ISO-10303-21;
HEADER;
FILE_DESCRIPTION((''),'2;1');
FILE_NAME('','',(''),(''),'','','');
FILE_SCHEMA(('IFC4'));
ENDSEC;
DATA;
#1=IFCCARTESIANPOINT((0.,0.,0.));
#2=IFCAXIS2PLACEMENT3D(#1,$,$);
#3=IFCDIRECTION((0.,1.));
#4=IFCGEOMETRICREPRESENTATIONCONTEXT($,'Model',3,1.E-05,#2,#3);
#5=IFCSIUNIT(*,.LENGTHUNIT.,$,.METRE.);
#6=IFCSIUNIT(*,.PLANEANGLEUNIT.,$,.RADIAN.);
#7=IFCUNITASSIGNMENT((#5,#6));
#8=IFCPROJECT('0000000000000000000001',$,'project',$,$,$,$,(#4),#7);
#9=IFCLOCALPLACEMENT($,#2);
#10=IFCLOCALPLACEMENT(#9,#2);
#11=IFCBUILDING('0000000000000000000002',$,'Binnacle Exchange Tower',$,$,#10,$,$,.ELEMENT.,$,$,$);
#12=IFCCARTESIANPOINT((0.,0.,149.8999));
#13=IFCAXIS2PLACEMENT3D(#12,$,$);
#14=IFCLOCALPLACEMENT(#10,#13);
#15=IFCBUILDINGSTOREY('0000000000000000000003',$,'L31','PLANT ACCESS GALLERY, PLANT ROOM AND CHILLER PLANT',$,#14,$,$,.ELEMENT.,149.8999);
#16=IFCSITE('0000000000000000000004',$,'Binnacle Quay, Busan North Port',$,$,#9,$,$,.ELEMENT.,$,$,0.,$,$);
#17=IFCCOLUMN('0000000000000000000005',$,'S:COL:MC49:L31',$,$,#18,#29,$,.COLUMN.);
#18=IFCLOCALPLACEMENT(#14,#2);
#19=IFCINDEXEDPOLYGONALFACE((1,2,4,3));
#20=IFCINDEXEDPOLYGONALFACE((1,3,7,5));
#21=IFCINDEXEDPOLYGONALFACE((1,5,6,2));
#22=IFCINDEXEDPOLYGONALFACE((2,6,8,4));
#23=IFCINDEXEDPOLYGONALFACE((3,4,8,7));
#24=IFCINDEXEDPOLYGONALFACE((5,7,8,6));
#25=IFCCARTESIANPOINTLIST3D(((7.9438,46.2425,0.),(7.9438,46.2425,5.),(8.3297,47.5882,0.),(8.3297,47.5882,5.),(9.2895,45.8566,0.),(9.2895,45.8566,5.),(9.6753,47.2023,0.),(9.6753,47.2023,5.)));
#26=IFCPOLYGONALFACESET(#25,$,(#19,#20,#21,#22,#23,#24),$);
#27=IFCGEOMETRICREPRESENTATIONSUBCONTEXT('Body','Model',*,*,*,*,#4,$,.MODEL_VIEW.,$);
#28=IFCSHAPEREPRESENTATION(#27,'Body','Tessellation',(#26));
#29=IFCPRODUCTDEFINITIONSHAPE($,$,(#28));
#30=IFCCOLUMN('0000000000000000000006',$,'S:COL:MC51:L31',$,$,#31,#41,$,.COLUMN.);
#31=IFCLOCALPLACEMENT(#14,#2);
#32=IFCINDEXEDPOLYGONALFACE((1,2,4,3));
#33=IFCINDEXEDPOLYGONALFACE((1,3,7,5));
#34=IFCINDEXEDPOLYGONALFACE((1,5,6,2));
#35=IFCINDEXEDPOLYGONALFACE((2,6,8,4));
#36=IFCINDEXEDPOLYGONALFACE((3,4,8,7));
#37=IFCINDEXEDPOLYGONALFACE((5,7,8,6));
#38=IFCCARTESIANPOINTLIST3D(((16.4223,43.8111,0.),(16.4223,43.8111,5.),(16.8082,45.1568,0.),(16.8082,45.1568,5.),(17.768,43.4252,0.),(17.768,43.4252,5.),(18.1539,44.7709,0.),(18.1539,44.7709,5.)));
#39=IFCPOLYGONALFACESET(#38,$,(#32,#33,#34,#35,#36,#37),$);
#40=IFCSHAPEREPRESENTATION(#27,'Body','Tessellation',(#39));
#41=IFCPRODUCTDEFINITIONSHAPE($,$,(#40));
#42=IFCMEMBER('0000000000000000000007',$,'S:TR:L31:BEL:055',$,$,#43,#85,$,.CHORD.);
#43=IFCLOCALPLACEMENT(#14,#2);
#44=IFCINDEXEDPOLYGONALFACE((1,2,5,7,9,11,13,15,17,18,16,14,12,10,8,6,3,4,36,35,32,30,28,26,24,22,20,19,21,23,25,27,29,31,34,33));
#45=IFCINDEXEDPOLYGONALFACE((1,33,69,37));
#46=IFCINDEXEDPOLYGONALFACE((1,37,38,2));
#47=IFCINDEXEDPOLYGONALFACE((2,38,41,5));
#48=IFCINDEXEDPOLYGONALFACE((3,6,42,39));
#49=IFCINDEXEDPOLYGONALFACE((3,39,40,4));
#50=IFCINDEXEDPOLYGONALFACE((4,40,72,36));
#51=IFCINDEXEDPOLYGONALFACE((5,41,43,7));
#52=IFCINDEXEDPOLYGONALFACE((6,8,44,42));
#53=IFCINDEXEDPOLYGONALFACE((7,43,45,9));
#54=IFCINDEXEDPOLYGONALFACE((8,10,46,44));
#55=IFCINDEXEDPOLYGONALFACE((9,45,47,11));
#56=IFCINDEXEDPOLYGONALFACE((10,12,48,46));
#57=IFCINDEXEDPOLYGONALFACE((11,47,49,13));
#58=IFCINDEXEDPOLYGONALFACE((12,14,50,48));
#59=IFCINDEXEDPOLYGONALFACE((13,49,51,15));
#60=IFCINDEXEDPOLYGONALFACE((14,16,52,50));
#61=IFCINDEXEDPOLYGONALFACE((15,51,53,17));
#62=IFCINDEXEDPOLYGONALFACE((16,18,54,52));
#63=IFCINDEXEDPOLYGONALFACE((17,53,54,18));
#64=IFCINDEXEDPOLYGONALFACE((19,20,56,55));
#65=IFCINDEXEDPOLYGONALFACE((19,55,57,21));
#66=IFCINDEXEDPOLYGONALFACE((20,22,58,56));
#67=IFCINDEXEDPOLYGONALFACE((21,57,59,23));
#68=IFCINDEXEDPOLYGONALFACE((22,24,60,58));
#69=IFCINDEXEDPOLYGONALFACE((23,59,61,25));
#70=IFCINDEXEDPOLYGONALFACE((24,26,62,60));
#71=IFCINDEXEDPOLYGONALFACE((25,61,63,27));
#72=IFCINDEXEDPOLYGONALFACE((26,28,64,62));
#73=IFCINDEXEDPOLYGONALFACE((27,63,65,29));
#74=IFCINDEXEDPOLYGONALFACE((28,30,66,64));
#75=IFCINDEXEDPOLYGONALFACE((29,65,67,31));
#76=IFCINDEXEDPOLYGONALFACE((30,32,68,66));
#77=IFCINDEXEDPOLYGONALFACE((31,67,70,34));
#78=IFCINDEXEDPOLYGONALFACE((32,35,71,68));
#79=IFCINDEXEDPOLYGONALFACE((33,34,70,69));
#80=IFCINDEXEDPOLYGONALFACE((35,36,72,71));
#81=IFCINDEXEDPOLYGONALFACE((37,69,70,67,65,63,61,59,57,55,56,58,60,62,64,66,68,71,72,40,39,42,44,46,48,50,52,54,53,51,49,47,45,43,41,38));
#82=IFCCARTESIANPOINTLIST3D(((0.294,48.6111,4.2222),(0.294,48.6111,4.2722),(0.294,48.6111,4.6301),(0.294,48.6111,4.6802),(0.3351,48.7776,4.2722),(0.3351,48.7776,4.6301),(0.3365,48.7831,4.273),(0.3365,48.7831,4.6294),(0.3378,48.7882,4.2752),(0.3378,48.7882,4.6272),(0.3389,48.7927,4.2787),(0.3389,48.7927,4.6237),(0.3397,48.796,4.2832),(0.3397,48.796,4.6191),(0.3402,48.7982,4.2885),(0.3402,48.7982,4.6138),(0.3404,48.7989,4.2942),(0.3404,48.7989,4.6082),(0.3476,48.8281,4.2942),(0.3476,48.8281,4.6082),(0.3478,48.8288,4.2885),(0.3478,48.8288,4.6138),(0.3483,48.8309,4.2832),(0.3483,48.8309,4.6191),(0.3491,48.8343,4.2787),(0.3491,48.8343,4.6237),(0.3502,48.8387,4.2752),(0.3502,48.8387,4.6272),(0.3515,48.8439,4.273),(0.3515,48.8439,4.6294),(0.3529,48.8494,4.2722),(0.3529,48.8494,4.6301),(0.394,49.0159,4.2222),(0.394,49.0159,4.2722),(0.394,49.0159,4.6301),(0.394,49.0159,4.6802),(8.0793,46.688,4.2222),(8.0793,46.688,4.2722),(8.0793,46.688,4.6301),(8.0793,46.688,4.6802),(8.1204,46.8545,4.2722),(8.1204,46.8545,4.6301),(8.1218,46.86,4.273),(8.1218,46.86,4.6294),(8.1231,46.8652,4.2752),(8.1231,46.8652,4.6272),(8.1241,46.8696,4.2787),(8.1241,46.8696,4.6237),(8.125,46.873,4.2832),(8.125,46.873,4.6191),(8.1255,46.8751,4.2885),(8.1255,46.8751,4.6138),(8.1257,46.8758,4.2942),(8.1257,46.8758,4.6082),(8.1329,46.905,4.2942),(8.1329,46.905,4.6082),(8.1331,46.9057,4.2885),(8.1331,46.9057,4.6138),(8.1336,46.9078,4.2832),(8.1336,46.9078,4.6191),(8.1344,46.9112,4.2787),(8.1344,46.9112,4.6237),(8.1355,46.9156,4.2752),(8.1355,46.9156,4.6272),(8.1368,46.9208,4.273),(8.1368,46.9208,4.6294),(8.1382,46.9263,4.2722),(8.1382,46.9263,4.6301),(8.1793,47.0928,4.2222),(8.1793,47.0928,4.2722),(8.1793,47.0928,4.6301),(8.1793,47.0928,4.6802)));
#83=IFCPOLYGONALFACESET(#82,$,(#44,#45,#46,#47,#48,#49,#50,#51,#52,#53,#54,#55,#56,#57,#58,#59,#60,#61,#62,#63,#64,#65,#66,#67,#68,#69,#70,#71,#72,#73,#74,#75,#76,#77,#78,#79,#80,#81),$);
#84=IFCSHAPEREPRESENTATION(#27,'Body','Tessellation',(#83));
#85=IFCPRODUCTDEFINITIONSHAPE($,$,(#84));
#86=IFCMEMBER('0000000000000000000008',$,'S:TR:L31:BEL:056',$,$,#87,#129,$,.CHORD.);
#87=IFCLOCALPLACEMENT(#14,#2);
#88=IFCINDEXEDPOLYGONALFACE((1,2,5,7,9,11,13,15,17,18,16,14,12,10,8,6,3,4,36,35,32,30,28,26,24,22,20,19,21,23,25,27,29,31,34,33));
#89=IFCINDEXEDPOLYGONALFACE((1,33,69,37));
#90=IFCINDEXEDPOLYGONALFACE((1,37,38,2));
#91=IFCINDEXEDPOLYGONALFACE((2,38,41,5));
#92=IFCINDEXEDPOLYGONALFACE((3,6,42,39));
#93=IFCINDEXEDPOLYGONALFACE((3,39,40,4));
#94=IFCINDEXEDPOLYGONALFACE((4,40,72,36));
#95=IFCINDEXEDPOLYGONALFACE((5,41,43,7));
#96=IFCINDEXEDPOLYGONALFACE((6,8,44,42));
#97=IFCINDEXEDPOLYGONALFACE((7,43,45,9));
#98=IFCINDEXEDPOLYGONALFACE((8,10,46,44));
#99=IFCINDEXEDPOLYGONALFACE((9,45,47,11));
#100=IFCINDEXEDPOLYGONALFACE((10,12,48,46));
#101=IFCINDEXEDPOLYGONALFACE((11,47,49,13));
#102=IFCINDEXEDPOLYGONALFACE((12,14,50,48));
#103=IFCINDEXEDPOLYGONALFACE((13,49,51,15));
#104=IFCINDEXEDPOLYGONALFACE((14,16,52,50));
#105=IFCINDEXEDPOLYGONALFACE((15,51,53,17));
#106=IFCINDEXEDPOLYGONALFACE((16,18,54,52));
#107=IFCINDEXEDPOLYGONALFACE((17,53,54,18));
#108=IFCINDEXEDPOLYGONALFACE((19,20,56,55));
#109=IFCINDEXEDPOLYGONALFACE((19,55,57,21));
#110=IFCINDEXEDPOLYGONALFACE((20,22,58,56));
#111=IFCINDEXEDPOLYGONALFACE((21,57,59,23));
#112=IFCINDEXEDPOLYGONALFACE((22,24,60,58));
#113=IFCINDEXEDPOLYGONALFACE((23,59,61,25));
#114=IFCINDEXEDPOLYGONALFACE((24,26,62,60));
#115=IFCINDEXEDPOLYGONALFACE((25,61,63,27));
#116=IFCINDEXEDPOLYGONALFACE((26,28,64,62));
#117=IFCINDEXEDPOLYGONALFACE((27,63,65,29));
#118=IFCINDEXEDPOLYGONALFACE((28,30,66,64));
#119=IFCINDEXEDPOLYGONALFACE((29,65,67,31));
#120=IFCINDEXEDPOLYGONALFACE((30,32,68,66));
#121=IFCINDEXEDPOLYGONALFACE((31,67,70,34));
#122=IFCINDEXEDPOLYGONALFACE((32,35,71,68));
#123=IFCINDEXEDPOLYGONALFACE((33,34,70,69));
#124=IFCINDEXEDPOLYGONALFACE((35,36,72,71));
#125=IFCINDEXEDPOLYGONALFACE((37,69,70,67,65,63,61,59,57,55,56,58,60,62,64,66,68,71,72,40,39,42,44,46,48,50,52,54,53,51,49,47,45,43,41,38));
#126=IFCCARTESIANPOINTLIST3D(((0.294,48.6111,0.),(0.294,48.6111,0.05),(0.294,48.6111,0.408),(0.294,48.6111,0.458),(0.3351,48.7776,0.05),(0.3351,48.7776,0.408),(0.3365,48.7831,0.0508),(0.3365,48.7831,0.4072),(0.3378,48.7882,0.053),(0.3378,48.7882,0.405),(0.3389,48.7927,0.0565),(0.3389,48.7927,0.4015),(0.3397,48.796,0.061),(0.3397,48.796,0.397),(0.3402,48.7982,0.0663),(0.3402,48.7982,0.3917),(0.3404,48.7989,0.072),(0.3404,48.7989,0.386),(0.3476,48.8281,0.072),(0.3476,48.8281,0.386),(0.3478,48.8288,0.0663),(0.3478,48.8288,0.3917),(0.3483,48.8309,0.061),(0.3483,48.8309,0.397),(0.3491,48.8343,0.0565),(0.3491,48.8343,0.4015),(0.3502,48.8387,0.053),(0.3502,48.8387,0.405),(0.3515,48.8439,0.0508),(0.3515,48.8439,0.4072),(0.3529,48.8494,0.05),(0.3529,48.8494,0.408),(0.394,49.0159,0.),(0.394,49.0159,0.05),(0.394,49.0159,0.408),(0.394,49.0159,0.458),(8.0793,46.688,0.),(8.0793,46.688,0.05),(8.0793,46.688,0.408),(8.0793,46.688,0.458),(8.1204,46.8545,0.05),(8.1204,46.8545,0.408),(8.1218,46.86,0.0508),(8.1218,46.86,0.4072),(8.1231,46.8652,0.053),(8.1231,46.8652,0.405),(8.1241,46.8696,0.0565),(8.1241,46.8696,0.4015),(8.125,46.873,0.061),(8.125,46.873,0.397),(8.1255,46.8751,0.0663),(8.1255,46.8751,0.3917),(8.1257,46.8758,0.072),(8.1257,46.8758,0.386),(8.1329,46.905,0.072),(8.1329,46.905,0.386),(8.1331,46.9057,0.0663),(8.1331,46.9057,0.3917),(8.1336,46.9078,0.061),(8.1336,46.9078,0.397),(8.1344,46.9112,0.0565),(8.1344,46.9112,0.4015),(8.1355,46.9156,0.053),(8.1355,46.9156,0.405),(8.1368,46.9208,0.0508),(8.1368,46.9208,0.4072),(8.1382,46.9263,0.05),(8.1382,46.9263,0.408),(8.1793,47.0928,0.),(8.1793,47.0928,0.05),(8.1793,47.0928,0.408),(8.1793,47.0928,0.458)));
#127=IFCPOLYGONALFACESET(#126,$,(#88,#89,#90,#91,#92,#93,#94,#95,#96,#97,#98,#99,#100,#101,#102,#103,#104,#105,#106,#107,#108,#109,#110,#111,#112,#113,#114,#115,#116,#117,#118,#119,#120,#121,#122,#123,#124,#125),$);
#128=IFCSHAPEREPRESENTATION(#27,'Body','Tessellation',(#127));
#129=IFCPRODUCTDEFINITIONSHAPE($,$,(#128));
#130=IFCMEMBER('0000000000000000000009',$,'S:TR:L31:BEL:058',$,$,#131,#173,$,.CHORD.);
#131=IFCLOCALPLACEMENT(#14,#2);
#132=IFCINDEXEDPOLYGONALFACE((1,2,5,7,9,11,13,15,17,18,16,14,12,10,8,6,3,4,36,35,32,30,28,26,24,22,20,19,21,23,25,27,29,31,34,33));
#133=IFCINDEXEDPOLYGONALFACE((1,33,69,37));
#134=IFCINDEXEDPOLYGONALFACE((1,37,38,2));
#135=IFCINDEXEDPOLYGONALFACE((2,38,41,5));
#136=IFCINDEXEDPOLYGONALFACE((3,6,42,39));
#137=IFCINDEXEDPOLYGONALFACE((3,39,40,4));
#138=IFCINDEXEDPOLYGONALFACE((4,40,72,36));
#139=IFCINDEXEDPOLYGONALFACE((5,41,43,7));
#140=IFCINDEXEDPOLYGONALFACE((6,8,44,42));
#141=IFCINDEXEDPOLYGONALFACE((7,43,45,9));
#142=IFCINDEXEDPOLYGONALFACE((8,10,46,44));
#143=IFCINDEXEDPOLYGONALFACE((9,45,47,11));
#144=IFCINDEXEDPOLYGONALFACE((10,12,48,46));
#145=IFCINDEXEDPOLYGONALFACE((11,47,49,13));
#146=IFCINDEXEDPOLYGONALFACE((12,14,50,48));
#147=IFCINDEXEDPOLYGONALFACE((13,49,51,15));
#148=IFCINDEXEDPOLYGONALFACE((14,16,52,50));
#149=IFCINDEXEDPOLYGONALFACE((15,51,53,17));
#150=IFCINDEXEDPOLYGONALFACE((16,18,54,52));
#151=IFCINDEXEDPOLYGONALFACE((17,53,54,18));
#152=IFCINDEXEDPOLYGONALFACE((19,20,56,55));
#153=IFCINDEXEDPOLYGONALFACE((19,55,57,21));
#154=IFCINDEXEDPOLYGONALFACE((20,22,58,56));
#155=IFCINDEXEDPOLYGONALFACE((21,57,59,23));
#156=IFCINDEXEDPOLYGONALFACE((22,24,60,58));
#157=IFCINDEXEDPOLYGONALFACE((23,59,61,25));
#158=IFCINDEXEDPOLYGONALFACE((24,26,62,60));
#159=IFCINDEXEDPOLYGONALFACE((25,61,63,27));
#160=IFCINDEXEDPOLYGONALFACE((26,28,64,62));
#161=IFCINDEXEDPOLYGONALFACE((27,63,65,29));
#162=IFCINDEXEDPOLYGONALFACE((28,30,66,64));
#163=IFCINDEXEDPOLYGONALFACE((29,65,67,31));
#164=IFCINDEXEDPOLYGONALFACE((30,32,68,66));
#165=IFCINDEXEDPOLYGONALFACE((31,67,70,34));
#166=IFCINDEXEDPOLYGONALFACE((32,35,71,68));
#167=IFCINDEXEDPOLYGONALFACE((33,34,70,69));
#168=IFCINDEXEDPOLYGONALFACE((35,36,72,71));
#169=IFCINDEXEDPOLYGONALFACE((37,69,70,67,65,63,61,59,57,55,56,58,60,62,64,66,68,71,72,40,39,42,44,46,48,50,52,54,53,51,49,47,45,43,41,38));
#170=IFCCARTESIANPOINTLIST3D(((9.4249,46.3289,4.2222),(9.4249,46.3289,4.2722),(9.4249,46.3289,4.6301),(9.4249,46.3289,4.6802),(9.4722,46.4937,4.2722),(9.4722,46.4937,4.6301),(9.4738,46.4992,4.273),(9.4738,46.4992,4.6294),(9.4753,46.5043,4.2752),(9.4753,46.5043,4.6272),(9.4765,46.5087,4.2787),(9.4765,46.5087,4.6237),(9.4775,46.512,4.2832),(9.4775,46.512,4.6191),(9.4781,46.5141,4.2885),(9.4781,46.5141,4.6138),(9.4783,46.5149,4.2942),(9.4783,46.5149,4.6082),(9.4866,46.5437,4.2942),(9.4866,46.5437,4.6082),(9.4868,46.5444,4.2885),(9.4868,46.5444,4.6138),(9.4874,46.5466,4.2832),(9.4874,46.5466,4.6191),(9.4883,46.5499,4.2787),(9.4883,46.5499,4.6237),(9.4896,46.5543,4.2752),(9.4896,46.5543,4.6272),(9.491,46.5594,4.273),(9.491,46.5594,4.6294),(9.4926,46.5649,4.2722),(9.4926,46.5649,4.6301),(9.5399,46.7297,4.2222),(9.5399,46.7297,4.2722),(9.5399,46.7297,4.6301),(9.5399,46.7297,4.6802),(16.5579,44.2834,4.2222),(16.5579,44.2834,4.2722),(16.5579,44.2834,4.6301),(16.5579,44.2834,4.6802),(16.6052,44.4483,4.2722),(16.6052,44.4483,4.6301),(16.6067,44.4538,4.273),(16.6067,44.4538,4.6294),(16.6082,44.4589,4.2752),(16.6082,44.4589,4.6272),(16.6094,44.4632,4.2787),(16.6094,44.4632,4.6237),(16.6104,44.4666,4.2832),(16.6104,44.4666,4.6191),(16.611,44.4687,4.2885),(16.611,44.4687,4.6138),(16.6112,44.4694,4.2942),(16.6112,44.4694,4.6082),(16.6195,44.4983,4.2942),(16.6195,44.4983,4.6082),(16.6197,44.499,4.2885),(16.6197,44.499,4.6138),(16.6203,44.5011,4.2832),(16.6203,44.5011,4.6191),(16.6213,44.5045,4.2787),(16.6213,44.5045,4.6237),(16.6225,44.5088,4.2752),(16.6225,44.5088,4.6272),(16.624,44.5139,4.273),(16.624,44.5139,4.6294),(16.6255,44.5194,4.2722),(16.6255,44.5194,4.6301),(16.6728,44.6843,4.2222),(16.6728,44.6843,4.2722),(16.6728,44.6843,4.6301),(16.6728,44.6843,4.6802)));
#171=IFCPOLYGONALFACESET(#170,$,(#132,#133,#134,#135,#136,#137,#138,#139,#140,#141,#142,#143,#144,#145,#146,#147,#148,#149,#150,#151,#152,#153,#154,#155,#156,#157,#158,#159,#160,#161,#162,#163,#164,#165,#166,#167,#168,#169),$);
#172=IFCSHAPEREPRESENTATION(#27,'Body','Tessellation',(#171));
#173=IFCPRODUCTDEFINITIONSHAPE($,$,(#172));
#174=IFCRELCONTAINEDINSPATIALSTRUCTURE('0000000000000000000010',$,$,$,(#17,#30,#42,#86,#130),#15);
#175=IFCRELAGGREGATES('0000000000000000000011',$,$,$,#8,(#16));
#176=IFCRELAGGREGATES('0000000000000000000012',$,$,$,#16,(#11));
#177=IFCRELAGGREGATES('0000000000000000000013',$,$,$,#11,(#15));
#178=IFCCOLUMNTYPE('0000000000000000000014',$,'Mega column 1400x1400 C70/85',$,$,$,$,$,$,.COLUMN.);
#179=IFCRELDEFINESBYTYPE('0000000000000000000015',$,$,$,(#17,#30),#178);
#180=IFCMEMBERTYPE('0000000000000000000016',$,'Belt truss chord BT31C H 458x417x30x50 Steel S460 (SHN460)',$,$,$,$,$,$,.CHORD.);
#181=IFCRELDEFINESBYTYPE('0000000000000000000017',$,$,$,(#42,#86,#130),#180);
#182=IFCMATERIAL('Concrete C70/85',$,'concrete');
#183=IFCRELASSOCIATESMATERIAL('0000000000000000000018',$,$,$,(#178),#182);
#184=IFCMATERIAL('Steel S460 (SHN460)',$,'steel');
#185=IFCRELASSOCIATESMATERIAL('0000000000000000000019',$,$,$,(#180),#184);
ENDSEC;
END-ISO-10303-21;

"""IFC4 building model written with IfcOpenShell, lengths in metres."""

from ifc_helpers import new_model, si_unit, direction, frame, origin, origin_2d, place, context, subcontext, project, spatial, rectangle, i_section, extrude, material, material_profile, profile_set, type_object, element, save


model = new_model("IFC4")

# Units and contexts
model_context = context("Model", 3, precision=1e-05, world=origin(), true_north=direction((0.0, 1.0)))
body_context = subcontext(model_context, "Body", "Model", "MODEL_VIEW")
ifc_project = project(units=[si_unit("LENGTHUNIT", "METRE"), si_unit("PLANEANGLEUNIT", "RADIAN")], contexts=[model_context])

# Site, building, storey
site_placement = place(None, origin())
site = spatial("IfcSite", under=ifc_project, at=site_placement, Name="Binnacle Quay, Busan North Port", CompositionType="ELEMENT", RefElevation=0.0)
building_placement = place(site_placement, origin())
building = spatial("IfcBuilding", under=site, at=building_placement, Name="Binnacle Exchange Tower", CompositionType="ELEMENT")
storey_placement = place(building_placement, frame((0.0, 0.0, 149.8999)))
storey = spatial("IfcBuildingStorey", under=building, at=storey_placement, Name="L31", Description="PLANT ACCESS GALLERY, PLANT ROOM AND CHILLER PLANT", CompositionType="ELEMENT", Elevation=149.8999)

# Columns
ifc_material_1 = material(Name="Concrete C70/85", Category="concrete")
ifc_material_profile_1 = material_profile(ifc_material_1, rectangle(XDim=1.3999, YDim=1.3999, at=origin_2d()), Name="Mega column 1400x1400 C70/85")
ifc_profile_set_1 = profile_set([ifc_material_profile_1], Name="Concrete C70/85")
column_type = type_object("IfcColumnType", Name="Mega column 1400x1400 C70/85", PredefinedType="COLUMN", material=ifc_profile_set_1)
for number, where, z_axis, x_axis, name in (
    (1, (8.8096, 46.7224, 0.0), (0.0, 0.0, 1.0), (0.961262, -0.275637, 0.0), "S:COL:MC49:L31"),
    (2, (17.2881, 44.291, 0.0), (0.0, 0.0, 1.0), (0.961262, -0.275637, 0.0), "S:COL:MC51:L31"),
):
    element("IfcColumn", number, at=place(storey_placement, frame(where, z_axis=z_axis, x_axis=x_axis)), inside=storey, type_object=column_type, Name=name, PredefinedType="COLUMN", context=body_context, shape_type="SweptSolid", body=[
        extrude(rectangle(XDim=1.3999, YDim=1.3999, at=origin_2d()), origin(), (0.0, 0.0, 1.0), 5.0),
    ])

# Members
ifc_material_2 = material(Name="Steel S460 (SHN460)", Category="steel")
ifc_material_profile_2 = material_profile(ifc_material_2, i_section(OverallWidth=0.417, OverallDepth=0.458, WebThickness=0.03, FlangeThickness=0.05, FilletRadius=0.022, at=origin_2d()), Name="H 458x417x30x50")
ifc_profile_set_2 = profile_set([ifc_material_profile_2], Name="Steel S460 (SHN460)")
member_type_1 = type_object("IfcMemberType", Name="Belt truss chord BT31C H 458x417x30x50 Steel S460 (SHN460)", PredefinedType="CHORD", material=ifc_profile_set_2)
for number, where, z_axis, x_axis, name in (
    (3, (0.344, 48.8135, 4.4512), (0.970821, -0.239805, 0.0), (0.239805, 0.970821, 0.0), "S:TR:L31:BEL:055"),
    (4, (0.344, 48.8135, 0.229), (0.970821, -0.239805, 0.0), (0.239805, 0.970821, 0.0), "S:TR:L31:BEL:056"),
):
    element("IfcMember", number, at=place(storey_placement, frame(where, z_axis=z_axis, x_axis=x_axis)), inside=storey, type_object=member_type_1, Name=name, PredefinedType="CHORD", context=body_context, shape_type="SweptSolid", body=[
        extrude(i_section(OverallWidth=0.417, OverallDepth=0.458, WebThickness=0.03, FlangeThickness=0.05, FilletRadius=0.022, at=origin_2d()), origin(), (0.0, 0.0, 1.0), 8.0193),
    ])
for number, where, z_axis, x_axis, name in (
    (5, (9.4824, 46.5293, 4.4512), (0.961258, -0.275651, 0.0), (0.275651, 0.961258, 0.0), "S:TR:L31:BEL:058"),
):
    element("IfcMember", number, at=place(storey_placement, frame(where, z_axis=z_axis, x_axis=x_axis)), inside=storey, type_object=member_type_1, Name=name, PredefinedType="CHORD", context=body_context, shape_type="SweptSolid", body=[
        extrude(i_section(OverallWidth=0.417, OverallDepth=0.458, WebThickness=0.03, FlangeThickness=0.05, FilletRadius=0.022, at=origin_2d()), origin(), (0.0, 0.0, 1.0), 7.4204),
    ])

save(model, "model.ifc")
